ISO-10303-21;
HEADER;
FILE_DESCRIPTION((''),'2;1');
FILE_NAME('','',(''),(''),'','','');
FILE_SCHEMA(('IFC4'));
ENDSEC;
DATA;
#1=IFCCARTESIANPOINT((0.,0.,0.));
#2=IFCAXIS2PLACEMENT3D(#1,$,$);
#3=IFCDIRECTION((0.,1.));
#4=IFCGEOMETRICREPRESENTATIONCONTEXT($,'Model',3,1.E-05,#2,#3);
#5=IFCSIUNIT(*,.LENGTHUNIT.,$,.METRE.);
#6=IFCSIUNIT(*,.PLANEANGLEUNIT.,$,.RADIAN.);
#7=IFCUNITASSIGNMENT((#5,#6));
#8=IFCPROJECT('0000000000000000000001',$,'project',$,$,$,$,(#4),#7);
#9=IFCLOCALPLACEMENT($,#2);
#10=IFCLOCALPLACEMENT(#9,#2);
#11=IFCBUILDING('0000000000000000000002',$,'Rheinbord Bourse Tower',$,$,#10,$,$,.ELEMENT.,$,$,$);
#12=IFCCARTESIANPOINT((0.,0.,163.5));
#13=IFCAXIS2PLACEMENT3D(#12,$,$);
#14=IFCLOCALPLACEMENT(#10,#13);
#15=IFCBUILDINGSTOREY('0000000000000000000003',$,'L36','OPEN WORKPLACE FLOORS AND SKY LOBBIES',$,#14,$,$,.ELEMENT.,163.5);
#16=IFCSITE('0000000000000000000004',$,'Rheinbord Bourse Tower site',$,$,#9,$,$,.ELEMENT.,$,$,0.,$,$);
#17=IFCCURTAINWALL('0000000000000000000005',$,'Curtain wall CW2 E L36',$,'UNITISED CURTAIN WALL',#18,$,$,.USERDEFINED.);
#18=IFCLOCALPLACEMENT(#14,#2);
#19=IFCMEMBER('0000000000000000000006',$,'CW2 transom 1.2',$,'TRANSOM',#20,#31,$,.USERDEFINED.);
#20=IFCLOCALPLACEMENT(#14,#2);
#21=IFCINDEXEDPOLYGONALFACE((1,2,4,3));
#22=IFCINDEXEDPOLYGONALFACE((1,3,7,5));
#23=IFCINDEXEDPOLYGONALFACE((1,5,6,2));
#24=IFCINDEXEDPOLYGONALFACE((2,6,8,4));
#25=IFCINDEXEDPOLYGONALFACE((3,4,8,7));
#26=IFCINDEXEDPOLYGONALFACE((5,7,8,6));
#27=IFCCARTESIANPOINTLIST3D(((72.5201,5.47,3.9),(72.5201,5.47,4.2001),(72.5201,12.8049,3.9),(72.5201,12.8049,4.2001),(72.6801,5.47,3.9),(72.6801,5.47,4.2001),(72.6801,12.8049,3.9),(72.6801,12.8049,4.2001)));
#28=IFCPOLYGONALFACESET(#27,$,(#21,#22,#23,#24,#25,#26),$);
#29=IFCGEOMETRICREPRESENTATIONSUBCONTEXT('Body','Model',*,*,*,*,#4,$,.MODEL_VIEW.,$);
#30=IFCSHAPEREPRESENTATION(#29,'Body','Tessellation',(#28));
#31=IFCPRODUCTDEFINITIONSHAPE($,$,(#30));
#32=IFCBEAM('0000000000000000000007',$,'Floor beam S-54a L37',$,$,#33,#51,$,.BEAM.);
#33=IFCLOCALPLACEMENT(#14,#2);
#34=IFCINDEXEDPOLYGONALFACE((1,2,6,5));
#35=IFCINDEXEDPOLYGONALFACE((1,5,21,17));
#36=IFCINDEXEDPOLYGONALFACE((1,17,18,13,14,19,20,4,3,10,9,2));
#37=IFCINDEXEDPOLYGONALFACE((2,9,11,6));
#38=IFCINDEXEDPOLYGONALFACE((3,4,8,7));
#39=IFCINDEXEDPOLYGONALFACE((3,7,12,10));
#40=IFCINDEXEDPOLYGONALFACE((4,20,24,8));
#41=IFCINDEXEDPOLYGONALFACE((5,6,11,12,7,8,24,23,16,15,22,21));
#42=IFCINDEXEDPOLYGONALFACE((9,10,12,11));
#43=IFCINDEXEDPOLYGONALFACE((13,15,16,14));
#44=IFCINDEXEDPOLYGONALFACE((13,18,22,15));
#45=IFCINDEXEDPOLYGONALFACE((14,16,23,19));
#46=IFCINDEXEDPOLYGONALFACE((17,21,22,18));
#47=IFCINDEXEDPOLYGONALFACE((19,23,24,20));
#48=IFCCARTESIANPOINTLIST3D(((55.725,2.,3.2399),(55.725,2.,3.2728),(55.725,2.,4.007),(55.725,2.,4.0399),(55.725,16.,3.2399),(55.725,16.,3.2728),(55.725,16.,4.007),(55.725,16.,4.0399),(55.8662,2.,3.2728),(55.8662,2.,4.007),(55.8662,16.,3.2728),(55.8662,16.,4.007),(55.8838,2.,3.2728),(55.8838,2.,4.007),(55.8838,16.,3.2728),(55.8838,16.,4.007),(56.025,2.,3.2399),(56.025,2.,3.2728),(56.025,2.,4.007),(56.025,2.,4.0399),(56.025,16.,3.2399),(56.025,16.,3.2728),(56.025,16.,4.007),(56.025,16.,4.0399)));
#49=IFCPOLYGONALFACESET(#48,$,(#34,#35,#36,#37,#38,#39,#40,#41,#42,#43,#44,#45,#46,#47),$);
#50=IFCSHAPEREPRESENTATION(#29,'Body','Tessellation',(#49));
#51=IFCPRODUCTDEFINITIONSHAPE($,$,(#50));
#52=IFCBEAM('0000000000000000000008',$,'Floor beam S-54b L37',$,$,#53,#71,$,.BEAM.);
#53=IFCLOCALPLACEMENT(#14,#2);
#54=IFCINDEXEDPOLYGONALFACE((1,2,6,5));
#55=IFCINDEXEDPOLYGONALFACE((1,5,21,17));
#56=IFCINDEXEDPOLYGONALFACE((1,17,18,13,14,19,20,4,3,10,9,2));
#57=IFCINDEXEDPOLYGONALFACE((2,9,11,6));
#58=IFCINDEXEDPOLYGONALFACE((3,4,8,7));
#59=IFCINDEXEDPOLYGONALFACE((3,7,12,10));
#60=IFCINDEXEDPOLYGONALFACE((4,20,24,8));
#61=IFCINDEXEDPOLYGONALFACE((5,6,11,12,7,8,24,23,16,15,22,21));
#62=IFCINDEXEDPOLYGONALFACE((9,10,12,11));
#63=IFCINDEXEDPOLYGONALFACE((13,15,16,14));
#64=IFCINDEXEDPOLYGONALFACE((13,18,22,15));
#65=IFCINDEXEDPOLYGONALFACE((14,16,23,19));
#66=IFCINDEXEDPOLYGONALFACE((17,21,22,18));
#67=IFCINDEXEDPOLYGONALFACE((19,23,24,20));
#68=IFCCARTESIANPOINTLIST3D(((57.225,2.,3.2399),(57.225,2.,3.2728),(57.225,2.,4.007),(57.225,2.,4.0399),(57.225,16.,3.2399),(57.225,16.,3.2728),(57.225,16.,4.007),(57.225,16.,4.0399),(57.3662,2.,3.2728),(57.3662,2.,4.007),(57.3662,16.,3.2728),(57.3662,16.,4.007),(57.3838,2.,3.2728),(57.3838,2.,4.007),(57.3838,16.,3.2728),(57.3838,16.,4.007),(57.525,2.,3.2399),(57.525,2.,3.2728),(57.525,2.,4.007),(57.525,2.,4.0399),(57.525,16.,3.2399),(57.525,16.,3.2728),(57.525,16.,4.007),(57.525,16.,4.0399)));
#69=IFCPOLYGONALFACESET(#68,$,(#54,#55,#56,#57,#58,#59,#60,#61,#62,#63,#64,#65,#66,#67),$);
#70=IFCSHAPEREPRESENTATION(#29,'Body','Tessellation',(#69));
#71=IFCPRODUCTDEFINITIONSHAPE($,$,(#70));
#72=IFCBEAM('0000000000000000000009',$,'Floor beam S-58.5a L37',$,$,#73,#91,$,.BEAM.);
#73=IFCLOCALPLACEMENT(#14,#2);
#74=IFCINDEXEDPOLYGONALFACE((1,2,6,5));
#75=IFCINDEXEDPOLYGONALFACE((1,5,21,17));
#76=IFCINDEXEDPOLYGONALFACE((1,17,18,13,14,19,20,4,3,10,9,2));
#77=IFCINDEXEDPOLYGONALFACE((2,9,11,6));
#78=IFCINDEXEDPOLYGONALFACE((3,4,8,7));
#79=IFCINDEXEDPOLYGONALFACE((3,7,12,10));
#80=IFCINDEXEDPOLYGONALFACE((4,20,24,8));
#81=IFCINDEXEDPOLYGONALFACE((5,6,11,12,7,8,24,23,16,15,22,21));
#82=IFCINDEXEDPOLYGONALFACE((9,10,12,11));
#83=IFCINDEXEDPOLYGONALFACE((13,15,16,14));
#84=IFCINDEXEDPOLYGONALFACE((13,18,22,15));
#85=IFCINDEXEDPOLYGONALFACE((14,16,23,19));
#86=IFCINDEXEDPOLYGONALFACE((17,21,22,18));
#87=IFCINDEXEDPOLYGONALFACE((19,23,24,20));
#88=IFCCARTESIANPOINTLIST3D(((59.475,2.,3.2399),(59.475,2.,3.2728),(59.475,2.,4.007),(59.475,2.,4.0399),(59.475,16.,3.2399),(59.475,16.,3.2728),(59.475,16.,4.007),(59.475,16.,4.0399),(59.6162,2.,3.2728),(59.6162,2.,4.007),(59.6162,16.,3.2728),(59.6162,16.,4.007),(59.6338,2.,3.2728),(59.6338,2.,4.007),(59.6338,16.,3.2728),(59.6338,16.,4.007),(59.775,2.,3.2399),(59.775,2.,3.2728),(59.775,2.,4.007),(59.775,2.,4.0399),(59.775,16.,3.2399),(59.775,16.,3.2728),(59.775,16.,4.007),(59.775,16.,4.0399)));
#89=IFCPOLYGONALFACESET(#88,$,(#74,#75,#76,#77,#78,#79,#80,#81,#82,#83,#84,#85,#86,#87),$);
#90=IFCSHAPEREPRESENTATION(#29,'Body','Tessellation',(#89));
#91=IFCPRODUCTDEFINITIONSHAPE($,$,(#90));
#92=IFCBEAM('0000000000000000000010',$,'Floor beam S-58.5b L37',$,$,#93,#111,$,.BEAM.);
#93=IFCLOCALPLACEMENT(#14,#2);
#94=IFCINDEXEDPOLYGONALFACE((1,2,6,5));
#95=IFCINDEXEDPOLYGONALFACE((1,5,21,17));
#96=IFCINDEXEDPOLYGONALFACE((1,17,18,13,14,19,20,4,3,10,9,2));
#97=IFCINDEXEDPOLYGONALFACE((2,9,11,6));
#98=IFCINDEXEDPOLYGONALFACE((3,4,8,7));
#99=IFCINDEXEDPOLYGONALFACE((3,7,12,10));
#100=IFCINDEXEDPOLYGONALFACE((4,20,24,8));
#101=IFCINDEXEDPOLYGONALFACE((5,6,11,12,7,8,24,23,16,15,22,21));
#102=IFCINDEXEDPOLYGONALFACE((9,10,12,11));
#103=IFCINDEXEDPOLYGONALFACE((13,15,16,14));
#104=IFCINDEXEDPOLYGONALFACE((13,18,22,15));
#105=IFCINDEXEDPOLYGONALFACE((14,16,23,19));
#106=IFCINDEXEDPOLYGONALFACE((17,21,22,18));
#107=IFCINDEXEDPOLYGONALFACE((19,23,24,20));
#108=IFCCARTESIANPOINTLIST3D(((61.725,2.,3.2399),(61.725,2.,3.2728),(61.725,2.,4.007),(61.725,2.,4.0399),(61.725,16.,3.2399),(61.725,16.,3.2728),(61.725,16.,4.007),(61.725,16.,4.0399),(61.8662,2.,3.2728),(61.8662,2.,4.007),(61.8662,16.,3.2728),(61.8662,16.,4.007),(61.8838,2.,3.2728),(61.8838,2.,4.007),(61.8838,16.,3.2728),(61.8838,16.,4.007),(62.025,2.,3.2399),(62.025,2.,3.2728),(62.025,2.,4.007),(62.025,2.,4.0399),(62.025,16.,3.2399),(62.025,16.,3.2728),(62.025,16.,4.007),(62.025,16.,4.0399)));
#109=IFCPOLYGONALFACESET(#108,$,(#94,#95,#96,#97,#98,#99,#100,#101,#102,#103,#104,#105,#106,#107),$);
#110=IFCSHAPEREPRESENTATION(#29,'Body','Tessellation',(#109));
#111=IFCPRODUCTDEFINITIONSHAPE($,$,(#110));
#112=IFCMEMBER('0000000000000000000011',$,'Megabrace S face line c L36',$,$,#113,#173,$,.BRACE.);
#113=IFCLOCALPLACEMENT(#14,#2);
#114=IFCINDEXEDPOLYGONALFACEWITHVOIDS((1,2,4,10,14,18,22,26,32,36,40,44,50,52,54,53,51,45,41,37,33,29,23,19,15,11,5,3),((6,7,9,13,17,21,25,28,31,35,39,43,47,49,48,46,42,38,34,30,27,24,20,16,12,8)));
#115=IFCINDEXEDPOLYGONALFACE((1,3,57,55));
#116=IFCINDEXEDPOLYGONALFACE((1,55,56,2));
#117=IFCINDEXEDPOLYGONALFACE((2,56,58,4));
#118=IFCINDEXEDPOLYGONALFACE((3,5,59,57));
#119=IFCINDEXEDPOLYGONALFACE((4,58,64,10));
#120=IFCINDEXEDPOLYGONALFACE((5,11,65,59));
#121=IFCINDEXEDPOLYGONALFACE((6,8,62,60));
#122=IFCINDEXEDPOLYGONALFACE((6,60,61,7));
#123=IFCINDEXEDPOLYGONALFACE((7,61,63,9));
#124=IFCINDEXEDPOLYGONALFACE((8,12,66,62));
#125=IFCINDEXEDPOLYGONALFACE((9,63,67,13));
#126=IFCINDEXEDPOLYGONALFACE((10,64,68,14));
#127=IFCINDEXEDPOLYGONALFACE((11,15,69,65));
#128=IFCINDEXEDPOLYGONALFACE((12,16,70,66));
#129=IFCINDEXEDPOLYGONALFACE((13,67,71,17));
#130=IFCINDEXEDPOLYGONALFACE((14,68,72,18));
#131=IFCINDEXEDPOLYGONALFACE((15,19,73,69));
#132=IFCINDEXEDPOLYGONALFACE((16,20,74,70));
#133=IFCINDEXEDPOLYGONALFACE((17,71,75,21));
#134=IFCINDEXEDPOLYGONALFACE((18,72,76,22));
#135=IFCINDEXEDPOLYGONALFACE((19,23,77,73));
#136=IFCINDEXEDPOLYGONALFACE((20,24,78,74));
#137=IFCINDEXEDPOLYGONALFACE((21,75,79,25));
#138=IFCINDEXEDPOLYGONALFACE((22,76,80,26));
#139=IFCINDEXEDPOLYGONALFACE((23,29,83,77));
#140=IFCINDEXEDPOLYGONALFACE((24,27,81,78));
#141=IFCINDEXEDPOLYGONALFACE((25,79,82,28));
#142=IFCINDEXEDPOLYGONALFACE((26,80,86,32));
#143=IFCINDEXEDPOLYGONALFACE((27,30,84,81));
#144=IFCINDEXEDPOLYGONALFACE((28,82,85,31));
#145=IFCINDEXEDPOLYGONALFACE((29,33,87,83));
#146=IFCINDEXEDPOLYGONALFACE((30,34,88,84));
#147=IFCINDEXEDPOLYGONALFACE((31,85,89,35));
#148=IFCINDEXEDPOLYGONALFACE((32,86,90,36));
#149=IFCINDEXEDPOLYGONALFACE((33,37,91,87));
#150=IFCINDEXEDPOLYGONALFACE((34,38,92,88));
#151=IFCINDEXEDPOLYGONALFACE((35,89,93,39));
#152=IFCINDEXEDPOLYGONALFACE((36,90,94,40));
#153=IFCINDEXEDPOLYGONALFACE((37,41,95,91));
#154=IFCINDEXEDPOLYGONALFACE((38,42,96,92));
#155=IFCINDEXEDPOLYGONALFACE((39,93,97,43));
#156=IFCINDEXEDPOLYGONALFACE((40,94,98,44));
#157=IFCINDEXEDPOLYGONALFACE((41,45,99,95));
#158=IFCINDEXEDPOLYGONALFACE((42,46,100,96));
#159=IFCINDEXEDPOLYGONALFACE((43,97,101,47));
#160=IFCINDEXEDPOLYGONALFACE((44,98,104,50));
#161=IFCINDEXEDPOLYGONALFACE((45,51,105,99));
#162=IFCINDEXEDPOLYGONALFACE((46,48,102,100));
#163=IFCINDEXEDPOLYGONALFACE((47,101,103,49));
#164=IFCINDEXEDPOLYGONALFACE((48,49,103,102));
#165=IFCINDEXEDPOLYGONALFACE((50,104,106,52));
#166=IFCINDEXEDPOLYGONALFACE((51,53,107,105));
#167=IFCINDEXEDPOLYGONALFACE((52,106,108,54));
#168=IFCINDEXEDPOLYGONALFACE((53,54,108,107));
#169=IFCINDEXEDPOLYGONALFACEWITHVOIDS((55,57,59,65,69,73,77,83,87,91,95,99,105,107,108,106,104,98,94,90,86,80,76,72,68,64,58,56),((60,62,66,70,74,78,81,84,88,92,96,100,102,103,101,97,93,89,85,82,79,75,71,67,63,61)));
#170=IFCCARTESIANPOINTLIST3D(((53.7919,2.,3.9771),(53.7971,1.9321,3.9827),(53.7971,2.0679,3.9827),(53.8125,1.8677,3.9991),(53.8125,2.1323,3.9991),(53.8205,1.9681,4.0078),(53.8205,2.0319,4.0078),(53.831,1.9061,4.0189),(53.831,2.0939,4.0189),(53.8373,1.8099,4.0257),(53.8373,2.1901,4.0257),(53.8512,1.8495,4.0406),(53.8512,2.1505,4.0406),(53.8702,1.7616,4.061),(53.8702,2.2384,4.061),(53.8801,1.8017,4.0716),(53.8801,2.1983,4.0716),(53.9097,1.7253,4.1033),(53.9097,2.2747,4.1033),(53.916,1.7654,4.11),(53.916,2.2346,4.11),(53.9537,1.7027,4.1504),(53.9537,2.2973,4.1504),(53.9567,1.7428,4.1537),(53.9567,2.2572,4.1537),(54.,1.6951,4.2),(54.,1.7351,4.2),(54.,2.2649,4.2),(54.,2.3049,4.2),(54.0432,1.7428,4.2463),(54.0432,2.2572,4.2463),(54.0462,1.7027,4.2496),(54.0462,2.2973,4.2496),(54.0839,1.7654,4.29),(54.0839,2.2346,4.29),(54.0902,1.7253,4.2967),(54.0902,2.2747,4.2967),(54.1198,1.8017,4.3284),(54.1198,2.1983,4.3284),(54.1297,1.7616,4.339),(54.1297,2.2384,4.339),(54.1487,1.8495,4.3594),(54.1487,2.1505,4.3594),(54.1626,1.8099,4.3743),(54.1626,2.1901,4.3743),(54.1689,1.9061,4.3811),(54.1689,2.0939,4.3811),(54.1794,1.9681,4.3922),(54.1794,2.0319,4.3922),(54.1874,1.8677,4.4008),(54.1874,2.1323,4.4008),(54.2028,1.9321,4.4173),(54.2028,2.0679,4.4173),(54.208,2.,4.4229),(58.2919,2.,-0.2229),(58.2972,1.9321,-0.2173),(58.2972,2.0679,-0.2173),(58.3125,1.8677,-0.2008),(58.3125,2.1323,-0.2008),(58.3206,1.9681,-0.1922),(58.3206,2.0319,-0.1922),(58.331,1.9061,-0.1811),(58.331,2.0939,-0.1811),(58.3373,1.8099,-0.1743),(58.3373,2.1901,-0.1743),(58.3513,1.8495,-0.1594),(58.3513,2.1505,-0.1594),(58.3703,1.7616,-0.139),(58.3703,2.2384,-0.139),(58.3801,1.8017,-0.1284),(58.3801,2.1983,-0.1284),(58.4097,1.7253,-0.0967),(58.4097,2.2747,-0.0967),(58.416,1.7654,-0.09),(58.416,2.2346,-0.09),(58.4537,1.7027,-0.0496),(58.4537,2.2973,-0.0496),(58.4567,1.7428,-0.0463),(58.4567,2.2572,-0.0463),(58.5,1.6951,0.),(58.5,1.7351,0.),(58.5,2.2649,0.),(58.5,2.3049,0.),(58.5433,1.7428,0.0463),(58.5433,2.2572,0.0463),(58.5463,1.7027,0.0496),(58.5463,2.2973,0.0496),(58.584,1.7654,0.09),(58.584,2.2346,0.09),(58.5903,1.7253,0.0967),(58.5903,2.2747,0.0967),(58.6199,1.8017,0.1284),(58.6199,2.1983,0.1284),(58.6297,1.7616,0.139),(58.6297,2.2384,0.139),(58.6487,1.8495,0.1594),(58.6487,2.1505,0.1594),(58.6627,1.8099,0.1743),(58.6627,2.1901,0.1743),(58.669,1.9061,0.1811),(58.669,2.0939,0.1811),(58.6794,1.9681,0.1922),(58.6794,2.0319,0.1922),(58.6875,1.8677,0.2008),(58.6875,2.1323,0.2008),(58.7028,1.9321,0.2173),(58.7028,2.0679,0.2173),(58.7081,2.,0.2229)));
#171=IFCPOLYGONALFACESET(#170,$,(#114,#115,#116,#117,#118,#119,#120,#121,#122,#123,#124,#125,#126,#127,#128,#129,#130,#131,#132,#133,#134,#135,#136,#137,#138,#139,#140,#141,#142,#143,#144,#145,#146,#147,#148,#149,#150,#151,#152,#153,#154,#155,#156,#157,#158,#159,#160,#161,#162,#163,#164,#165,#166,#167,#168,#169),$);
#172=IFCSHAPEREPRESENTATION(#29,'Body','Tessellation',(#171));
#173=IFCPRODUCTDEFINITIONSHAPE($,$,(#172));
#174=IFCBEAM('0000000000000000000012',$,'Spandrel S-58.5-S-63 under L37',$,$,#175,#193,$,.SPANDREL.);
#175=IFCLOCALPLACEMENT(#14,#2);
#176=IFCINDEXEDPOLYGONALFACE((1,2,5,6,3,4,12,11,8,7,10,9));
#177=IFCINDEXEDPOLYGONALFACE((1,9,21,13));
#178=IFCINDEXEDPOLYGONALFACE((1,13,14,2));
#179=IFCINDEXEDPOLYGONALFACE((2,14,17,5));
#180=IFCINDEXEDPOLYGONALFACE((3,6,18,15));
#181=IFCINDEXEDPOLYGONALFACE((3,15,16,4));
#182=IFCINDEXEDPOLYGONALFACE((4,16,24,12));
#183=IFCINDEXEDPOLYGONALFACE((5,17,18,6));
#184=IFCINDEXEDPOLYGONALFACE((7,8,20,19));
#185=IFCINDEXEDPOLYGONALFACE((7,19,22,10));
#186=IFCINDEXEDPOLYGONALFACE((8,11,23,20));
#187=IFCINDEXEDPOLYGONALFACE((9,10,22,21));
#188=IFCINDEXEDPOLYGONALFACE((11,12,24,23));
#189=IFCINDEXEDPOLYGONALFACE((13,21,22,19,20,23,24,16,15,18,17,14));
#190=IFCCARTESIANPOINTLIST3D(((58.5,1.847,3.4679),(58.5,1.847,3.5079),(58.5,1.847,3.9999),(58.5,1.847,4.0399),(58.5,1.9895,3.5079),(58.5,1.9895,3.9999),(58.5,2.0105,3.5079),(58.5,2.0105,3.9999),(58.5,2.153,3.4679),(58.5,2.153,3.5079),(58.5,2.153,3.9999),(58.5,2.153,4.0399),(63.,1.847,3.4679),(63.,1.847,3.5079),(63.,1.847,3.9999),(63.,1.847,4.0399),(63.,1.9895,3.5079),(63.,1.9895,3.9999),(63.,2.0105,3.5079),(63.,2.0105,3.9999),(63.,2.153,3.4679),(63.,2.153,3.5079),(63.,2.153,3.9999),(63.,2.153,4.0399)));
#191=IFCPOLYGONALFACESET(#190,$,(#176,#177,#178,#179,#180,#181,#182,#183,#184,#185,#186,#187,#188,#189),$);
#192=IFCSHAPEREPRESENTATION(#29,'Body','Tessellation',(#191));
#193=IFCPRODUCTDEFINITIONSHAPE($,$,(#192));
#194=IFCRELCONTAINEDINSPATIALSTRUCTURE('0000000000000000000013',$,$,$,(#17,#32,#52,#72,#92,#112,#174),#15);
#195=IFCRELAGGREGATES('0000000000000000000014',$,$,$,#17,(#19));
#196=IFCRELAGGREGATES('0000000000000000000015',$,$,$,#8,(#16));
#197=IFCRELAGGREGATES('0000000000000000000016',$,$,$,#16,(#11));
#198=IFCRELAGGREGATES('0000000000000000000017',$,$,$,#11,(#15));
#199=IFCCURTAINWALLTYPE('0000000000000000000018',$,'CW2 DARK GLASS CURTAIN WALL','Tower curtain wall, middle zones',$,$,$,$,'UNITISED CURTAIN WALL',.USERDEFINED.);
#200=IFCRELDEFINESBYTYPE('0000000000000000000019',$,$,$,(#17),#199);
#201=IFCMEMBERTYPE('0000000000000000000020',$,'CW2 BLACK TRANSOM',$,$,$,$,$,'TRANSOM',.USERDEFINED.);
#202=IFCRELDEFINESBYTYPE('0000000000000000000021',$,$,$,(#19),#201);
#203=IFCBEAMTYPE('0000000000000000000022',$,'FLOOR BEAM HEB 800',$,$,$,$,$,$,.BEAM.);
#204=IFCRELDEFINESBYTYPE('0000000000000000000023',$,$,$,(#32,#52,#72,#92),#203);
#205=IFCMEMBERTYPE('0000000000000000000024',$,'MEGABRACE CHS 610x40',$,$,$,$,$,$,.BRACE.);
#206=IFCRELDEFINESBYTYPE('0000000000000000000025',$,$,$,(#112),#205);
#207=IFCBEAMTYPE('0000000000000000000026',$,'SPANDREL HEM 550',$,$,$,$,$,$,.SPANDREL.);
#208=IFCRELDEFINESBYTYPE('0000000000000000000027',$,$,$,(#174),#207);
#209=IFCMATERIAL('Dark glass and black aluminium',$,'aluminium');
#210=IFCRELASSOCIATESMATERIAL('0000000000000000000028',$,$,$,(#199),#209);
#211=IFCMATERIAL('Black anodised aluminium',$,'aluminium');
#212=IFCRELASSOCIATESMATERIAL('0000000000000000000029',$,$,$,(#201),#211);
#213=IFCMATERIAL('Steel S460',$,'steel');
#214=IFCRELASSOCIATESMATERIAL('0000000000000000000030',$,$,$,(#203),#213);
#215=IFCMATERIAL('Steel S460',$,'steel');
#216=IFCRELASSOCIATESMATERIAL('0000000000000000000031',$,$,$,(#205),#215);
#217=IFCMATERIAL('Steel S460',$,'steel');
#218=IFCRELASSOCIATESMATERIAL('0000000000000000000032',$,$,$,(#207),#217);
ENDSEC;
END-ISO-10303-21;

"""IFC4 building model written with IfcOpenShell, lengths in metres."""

from ifc_helpers import new_model, si_unit, direction, frame, origin, origin_2d, place, context, subcontext, project, spatial, rectangle, hollow_circle, i_section, extrude, material, material_profile, profile_set, type_object, element, aggregate, save


model = new_model("IFC4")

# Units and contexts
model_context = context("Model", 3, precision=1e-05, world=origin(), true_north=direction((0.0, 1.0)))
body_context = subcontext(model_context, "Body", "Model", "MODEL_VIEW")
ifc_project = project(units=[si_unit("LENGTHUNIT", "METRE"), si_unit("PLANEANGLEUNIT", "RADIAN")], contexts=[model_context])

# Site, building, storey
site_placement = place(None, origin())
site = spatial("IfcSite", under=ifc_project, at=site_placement, Name="Rheinbord Bourse Tower site", CompositionType="ELEMENT", RefElevation=0.0)
building_placement = place(site_placement, origin())
building = spatial("IfcBuilding", under=site, at=building_placement, Name="Rheinbord Bourse Tower", CompositionType="ELEMENT")
storey_placement = place(building_placement, frame((0.0, 0.0, 163.5)))
storey = spatial("IfcBuildingStorey", under=building, at=storey_placement, Name="L36", Description="OPEN WORKPLACE FLOORS AND SKY LOBBIES", CompositionType="ELEMENT", Elevation=163.5)

# Shared definitions
ifc_material_1 = material(Name="Dark glass and black aluminium", Category="aluminium")
curtain_wall_type = type_object("IfcCurtainWallType", Name="CW2 DARK GLASS CURTAIN WALL", Description="Tower curtain wall, middle zones", ElementType="UNITISED CURTAIN WALL", PredefinedType="USERDEFINED", material=ifc_material_1)

# Curtain wall
curtain_wall_1_placement = place(storey_placement, origin())
curtain_wall_1 = element("IfcCurtainWall", 1, at=curtain_wall_1_placement, inside=storey, type_object=curtain_wall_type, Name="Curtain wall CW2 E L36", ObjectType="UNITISED CURTAIN WALL", PredefinedType="USERDEFINED")

# Member
ifc_material_2 = material(Name="Black anodised aluminium", Category="aluminium")
ifc_material_profile_1 = material_profile(ifc_material_2, rectangle(XDim=0.1599, YDim=0.3, at=origin_2d()), Name="CW2 TRANSOM 300x160")
ifc_profile_set_1 = profile_set([ifc_material_profile_1], Name="Black anodised aluminium")
member_type_1 = type_object("IfcMemberType", Name="CW2 BLACK TRANSOM", ElementType="TRANSOM", PredefinedType="USERDEFINED", material=ifc_profile_set_1)
member_1_placement = place(storey_placement, frame((72.6001, 5.47, 4.05), z_axis=(0.0, 1.0, 0.0), x_axis=(-1.0, 0.0, 0.0)))
member_1 = element("IfcMember", 2, at=member_1_placement, type_object=member_type_1, Name="CW2 transom 1.2", ObjectType="TRANSOM", PredefinedType="USERDEFINED", context=body_context, shape_type="SweptSolid", body=[
    extrude(rectangle(XDim=0.1599, YDim=0.3, at=origin_2d()), origin(), (0.0, 0.0, 1.0), 7.335),
])

# Beams
ifc_material_3 = material(Name="Steel S460", Category="steel")
ifc_material_profile_2 = material_profile(ifc_material_3, i_section(OverallWidth=0.3, OverallDepth=0.8, WebThickness=0.0176, FlangeThickness=0.033, at=origin_2d()), Name="HEB 800")
ifc_profile_set_2 = profile_set([ifc_material_profile_2], Name="Steel S460")
beam_type_1 = type_object("IfcBeamType", Name="FLOOR BEAM HEB 800", PredefinedType="BEAM", material=ifc_profile_set_2)
for number, where, z_axis, x_axis, name in (
    (3, (55.875, 2.0, 3.6399), (0.0, 1.0, 0.0), (-1.0, 0.0, 0.0), "Floor beam S-54a L37"),
    (4, (57.375, 2.0, 3.6399), (0.0, 1.0, 0.0), (-1.0, 0.0, 0.0), "Floor beam S-54b L37"),
    (5, (59.625, 2.0, 3.6399), (0.0, 1.0, 0.0), (-1.0, 0.0, 0.0), "Floor beam S-58.5a L37"),
    (6, (61.875, 2.0, 3.6399), (0.0, 1.0, 0.0), (-1.0, 0.0, 0.0), "Floor beam S-58.5b L37"),
):
    element("IfcBeam", number, at=place(storey_placement, frame(where, z_axis=z_axis, x_axis=x_axis)), inside=storey, type_object=beam_type_1, Name=name, PredefinedType="BEAM", context=body_context, shape_type="SweptSolid", body=[
        extrude(i_section(OverallWidth=0.3, OverallDepth=0.8, WebThickness=0.0176, FlangeThickness=0.033, at=origin_2d()), origin(), (0.0, 0.0, 1.0), 14.0),
    ])

# Member
ifc_material_4 = material(Name="Steel S460", Category="steel")
ifc_material_profile_3 = material_profile(ifc_material_4, hollow_circle(Radius=0.3049, WallThickness=0.04, at=origin_2d()), Name="CHS 610x40")
ifc_profile_set_3 = profile_set([ifc_material_profile_3], Name="Steel S460")
member_type_2 = type_object("IfcMemberType", Name="MEGABRACE CHS 610x40", PredefinedType="BRACE", material=ifc_profile_set_3)
member_2_placement = place(storey_placement, frame((58.5, 2.0, 0.0), z_axis=(-0.731059, 0.0, 0.682314), x_axis=(0.0, -1.0, 0.0)))
element("IfcMember", 7, at=member_2_placement, inside=storey, type_object=member_type_2, Name="Megabrace S face line c L36", PredefinedType="BRACE", context=body_context, shape_type="SweptSolid", body=[
    extrude(hollow_circle(Radius=0.3049, WallThickness=0.04, at=origin_2d()), origin(), (0.0, 0.0, 1.0), 6.1555),
])

# Beam
ifc_material_5 = material(Name="Steel S460", Category="steel")
ifc_material_profile_4 = material_profile(ifc_material_5, i_section(OverallWidth=0.3059, OverallDepth=0.572, WebThickness=0.021, FlangeThickness=0.04, at=origin_2d()), Name="HEM 550")
ifc_profile_set_4 = profile_set([ifc_material_profile_4], Name="Steel S460")
beam_type_2 = type_object("IfcBeamType", Name="SPANDREL HEM 550", PredefinedType="SPANDREL", material=ifc_profile_set_4)
for number, where, z_axis, x_axis, name in (
    (8, (58.5, 2.0, 3.7539), (1.0, 0.0, 0.0), (0.0, 1.0, 0.0), "Spandrel S-58.5-S-63 under L37"),
):
    element("IfcBeam", number, at=place(storey_placement, frame(where, z_axis=z_axis, x_axis=x_axis)), inside=storey, type_object=beam_type_2, Name=name, PredefinedType="SPANDREL", context=body_context, shape_type="SweptSolid", body=[
        extrude(i_section(OverallWidth=0.3059, OverallDepth=0.572, WebThickness=0.021, FlangeThickness=0.04, at=origin_2d()), origin(), (0.0, 0.0, 1.0), 4.5),
    ])

aggregate(curtain_wall_1, [member_1])

save(model, "model.ifc")
